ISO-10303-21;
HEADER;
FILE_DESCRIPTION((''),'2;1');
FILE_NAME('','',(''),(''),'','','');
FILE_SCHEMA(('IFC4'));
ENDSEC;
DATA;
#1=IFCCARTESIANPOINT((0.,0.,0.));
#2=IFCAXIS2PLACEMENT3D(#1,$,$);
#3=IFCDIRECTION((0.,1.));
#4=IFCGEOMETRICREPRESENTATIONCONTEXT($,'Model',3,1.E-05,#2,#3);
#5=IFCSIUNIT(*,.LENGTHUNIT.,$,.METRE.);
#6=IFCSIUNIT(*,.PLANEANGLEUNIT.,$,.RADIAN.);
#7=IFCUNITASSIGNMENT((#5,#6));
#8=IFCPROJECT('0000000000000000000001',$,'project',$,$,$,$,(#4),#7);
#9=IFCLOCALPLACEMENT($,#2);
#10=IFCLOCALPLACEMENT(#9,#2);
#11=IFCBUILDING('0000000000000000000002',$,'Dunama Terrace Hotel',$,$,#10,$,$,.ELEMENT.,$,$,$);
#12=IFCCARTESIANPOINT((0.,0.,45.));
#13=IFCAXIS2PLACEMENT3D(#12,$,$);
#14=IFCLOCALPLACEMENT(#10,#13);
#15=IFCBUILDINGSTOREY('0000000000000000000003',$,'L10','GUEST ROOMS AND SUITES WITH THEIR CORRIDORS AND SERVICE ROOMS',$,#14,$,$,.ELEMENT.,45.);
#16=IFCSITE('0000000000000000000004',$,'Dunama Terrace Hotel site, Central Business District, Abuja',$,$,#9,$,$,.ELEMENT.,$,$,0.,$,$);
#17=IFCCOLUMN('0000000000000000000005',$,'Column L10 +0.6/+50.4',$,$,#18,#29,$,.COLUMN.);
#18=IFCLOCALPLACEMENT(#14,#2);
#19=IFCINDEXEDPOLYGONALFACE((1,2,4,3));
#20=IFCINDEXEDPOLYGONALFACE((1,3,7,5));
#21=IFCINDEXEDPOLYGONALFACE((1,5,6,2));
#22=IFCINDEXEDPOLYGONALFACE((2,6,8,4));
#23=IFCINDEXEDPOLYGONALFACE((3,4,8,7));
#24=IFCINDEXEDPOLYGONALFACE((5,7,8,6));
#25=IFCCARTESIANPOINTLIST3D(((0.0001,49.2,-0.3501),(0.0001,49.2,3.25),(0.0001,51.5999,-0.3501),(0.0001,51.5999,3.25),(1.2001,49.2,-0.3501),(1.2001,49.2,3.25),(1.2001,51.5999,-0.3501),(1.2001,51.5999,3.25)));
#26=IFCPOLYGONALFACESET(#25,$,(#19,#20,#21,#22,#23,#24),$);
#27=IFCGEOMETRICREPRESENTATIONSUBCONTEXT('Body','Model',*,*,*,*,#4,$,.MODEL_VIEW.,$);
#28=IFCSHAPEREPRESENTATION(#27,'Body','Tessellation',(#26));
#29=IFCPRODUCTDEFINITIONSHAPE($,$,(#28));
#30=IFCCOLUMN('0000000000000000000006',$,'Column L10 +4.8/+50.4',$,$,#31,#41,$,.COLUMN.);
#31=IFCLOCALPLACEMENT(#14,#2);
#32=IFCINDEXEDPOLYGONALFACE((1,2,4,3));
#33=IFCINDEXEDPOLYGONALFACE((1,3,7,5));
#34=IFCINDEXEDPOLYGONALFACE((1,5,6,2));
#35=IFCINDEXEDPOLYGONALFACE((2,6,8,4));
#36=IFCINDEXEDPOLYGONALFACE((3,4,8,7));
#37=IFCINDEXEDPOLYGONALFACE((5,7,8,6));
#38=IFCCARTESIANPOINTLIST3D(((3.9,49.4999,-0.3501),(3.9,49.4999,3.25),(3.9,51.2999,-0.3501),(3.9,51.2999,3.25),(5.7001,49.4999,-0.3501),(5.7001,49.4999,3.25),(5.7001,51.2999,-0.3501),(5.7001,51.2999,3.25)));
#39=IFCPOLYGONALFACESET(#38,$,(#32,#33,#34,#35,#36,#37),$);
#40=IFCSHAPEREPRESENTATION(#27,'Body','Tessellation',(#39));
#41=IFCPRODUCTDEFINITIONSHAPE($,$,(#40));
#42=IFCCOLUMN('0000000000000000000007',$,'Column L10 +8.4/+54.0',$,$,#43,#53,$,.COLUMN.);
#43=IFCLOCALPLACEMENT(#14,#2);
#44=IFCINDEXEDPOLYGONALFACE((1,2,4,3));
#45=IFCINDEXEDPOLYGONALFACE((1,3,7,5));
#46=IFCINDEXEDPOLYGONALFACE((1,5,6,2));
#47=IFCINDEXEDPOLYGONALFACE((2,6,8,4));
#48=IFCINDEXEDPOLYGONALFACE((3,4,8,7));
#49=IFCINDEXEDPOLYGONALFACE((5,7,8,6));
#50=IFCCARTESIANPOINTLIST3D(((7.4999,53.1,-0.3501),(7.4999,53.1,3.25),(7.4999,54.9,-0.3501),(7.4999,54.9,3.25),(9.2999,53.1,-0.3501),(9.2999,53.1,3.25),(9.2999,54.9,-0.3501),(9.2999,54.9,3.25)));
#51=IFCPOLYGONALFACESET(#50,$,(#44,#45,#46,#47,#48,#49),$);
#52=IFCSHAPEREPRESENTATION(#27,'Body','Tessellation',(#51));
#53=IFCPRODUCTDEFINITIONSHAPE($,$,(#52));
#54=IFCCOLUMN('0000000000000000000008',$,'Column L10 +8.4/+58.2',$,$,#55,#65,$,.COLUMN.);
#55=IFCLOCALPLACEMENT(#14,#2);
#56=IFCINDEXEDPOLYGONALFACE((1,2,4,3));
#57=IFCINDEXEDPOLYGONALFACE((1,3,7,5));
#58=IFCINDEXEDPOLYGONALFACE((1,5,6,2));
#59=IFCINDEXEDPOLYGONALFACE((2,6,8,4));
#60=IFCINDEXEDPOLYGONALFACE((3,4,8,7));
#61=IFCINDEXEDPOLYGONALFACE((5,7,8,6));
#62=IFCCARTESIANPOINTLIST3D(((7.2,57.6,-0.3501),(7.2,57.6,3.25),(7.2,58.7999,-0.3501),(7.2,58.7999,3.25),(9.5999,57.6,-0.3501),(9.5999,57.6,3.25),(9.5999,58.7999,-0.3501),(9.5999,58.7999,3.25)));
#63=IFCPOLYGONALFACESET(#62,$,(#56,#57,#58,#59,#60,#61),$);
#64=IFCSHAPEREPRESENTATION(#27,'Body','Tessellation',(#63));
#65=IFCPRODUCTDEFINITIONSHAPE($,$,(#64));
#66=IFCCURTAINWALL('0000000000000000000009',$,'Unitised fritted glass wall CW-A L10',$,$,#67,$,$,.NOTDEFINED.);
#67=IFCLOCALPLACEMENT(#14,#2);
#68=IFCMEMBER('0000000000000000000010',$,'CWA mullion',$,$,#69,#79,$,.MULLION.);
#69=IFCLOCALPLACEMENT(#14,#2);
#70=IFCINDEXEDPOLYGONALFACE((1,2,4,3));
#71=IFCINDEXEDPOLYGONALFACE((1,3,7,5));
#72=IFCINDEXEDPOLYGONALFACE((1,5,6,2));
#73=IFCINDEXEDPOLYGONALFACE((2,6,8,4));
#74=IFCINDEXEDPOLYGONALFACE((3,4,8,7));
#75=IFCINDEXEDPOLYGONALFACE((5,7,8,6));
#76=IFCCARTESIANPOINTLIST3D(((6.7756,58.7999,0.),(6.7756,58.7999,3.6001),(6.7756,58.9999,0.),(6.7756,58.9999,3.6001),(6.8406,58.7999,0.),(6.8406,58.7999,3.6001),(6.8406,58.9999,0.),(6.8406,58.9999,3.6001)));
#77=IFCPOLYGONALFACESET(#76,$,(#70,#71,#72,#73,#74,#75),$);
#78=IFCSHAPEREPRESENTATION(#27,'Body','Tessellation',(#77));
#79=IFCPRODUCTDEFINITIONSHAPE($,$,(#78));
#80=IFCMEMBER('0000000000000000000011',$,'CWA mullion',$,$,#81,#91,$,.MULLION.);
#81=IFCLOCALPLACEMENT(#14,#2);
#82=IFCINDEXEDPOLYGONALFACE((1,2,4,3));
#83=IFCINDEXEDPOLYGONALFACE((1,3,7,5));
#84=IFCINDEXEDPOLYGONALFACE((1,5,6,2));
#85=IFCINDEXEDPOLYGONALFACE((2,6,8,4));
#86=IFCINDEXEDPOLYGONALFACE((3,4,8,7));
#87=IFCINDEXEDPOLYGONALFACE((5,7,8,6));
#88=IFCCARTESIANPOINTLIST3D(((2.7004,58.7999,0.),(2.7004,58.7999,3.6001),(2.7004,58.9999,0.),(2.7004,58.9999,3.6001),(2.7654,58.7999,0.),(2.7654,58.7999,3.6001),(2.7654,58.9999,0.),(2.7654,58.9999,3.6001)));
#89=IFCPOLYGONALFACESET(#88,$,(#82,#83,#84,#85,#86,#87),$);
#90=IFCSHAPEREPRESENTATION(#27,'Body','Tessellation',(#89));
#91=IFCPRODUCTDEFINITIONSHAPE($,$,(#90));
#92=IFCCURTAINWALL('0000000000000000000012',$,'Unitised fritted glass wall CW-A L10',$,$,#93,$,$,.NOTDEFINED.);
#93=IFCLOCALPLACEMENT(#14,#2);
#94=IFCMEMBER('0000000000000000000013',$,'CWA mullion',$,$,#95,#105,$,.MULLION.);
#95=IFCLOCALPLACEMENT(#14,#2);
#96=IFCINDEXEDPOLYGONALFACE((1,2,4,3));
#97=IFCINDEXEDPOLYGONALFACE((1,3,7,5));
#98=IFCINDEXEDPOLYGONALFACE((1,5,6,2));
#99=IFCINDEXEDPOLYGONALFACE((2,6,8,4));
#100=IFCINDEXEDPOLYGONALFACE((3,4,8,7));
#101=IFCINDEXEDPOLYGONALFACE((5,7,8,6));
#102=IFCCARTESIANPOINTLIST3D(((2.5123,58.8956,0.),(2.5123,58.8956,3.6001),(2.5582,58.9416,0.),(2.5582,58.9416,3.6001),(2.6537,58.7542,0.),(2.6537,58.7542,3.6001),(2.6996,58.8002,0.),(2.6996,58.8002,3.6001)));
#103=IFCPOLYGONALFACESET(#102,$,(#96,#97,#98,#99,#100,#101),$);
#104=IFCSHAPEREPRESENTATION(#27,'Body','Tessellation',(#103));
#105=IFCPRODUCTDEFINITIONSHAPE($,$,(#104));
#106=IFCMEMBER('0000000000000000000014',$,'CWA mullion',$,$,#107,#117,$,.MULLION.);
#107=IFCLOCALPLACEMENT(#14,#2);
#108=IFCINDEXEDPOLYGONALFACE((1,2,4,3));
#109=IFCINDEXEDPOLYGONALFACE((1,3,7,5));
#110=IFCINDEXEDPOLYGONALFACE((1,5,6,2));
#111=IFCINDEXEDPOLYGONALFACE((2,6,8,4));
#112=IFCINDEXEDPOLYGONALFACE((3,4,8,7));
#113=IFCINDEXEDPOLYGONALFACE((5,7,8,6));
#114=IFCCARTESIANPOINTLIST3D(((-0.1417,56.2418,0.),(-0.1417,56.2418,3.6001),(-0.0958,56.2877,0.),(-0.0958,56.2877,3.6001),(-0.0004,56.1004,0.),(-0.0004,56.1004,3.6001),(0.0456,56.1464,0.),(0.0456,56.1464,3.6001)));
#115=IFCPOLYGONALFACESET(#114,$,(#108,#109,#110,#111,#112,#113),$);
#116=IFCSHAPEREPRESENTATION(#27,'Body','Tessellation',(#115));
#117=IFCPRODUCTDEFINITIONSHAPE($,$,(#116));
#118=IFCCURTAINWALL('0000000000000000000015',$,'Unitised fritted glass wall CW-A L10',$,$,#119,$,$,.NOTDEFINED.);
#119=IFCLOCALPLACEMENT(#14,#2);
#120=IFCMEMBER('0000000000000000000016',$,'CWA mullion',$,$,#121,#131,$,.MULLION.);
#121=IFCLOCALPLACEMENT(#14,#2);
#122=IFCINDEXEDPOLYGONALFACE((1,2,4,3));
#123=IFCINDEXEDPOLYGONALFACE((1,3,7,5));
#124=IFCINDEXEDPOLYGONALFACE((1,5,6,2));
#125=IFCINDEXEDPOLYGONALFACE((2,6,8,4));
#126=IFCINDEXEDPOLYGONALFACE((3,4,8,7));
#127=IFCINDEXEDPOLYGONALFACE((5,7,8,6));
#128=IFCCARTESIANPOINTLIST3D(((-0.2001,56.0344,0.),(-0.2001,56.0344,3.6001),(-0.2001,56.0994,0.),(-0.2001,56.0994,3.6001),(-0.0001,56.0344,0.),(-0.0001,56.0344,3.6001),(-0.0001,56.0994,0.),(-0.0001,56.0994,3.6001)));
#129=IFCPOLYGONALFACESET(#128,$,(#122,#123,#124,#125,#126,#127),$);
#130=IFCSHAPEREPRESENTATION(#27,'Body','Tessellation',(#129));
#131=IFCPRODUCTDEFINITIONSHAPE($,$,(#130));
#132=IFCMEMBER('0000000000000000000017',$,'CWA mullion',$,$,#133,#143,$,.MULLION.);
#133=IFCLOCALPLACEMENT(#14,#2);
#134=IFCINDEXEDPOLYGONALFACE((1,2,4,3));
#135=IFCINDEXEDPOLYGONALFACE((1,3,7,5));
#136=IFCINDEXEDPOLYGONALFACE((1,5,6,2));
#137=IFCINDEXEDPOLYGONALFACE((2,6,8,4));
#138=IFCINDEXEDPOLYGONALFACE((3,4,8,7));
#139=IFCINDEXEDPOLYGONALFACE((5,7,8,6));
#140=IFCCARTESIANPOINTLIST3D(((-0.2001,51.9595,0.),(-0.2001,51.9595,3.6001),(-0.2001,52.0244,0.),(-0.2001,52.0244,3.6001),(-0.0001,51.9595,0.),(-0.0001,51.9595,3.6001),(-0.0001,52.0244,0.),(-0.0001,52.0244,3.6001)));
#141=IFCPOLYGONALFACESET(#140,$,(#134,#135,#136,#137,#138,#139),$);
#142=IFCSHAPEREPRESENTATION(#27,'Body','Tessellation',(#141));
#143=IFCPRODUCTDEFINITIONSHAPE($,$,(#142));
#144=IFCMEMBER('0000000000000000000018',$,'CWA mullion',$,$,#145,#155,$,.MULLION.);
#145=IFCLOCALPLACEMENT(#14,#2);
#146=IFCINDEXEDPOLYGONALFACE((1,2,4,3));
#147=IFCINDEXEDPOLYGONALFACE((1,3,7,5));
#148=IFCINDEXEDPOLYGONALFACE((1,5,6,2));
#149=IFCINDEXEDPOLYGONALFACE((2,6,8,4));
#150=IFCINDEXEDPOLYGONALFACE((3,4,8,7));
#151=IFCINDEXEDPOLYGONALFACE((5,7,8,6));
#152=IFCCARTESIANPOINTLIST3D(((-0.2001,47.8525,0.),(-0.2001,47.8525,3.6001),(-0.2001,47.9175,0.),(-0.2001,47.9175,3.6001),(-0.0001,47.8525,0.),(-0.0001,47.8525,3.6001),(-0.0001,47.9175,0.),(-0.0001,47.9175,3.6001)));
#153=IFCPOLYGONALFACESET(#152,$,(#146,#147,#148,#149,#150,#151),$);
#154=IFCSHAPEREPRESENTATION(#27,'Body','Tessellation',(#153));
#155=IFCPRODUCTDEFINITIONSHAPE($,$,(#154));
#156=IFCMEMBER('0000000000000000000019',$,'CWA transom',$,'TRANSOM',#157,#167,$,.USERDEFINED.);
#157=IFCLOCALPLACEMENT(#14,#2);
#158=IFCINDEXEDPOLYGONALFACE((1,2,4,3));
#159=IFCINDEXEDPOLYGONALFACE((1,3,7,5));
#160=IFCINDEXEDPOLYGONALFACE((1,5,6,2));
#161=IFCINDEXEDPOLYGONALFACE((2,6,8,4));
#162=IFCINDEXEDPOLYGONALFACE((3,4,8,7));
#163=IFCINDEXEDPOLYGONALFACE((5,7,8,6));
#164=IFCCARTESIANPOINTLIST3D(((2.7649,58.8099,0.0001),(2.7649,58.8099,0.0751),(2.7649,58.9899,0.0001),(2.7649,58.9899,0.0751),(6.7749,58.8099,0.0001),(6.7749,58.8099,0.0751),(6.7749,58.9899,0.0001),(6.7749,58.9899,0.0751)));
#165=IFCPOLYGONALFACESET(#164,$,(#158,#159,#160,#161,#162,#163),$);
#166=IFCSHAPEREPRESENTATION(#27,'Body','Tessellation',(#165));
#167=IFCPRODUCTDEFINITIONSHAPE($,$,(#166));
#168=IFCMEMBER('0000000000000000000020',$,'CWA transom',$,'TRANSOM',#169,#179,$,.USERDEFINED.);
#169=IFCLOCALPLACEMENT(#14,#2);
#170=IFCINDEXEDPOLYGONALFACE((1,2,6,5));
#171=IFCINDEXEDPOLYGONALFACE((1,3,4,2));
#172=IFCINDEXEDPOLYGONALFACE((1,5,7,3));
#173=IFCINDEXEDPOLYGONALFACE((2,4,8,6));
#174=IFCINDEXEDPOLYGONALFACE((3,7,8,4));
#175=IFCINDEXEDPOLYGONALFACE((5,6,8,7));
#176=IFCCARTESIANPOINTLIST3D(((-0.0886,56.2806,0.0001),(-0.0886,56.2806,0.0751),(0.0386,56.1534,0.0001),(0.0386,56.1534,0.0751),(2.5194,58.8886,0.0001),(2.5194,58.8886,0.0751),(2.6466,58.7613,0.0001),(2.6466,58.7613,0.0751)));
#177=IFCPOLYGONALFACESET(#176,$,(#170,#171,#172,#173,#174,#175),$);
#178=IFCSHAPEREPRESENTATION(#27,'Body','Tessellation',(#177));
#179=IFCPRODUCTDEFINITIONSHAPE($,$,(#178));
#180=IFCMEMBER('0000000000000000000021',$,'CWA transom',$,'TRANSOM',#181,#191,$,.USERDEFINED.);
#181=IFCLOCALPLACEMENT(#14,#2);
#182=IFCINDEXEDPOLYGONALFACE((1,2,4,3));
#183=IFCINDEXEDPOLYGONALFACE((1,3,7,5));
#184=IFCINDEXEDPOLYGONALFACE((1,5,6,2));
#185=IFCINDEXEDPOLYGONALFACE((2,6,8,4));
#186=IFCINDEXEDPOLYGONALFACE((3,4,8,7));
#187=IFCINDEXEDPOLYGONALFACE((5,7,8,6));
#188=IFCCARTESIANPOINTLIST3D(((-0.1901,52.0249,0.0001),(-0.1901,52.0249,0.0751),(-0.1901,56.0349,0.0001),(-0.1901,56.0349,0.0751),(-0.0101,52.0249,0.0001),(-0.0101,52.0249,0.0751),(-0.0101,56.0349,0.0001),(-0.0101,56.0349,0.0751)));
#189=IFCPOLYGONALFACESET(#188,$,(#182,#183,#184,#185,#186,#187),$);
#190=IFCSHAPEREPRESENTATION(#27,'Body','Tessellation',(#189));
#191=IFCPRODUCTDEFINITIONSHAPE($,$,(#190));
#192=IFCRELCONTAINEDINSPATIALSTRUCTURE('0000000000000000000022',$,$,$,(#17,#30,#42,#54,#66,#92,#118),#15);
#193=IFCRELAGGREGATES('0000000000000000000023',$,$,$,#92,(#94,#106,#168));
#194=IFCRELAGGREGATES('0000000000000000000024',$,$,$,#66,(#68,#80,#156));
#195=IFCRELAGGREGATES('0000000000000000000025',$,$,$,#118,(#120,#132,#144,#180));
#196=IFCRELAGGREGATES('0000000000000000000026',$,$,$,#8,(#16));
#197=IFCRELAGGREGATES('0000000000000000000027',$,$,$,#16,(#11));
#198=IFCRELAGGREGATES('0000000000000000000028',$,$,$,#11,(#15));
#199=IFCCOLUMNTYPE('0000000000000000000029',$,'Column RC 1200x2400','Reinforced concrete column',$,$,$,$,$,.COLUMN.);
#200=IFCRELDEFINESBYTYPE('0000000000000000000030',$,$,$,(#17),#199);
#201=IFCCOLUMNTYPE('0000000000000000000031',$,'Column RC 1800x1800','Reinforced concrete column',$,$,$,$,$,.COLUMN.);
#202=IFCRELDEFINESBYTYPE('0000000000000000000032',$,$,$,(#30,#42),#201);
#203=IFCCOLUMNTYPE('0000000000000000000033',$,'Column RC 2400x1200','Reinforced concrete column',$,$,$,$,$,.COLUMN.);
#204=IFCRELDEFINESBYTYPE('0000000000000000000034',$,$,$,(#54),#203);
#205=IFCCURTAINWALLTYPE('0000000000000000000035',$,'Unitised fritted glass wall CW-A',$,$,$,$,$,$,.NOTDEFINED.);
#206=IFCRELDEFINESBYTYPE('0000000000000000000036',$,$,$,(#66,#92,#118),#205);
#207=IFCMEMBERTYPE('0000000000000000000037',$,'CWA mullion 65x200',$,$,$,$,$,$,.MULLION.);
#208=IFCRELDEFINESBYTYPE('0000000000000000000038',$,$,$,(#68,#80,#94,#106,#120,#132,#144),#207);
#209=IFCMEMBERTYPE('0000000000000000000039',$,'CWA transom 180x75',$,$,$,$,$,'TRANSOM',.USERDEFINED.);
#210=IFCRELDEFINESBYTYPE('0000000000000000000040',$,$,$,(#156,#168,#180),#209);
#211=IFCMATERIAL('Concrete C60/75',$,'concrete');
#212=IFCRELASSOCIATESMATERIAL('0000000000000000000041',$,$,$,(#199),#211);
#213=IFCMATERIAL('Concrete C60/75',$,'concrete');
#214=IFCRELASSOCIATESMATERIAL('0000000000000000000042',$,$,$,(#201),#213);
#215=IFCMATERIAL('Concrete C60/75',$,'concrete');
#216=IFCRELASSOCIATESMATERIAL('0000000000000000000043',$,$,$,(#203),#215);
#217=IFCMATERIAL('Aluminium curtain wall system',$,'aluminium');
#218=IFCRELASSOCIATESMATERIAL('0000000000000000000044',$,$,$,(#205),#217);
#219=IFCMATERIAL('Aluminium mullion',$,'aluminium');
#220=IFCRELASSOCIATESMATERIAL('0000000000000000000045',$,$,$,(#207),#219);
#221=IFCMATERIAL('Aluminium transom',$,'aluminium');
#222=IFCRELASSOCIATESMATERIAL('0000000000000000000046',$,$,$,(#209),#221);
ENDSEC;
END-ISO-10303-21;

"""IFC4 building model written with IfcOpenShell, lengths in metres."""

from ifc_helpers import new_model, si_unit, direction, frame, origin, origin_2d, place, context, subcontext, project, spatial, rectangle, extrude, material, material_profile, profile_set, type_object, element, aggregate, save


model = new_model("IFC4")

# Units and contexts
model_context = context("Model", 3, precision=1e-05, world=origin(), true_north=direction((0.0, 1.0)))
body_context = subcontext(model_context, "Body", "Model", "MODEL_VIEW")
ifc_project = project(units=[si_unit("LENGTHUNIT", "METRE"), si_unit("PLANEANGLEUNIT", "RADIAN")], contexts=[model_context])

# Site, building, storey
site_placement = place(None, origin())
site = spatial("IfcSite", under=ifc_project, at=site_placement, Name="Dunama Terrace Hotel site, Central Business District, Abuja", CompositionType="ELEMENT", RefElevation=0.0)
building_placement = place(site_placement, origin())
building = spatial("IfcBuilding", under=site, at=building_placement, Name="Dunama Terrace Hotel", CompositionType="ELEMENT")
storey_placement = place(building_placement, frame((0.0, 0.0, 45.0)))
storey = spatial("IfcBuildingStorey", under=building, at=storey_placement, Name="L10", Description="GUEST ROOMS AND SUITES WITH THEIR CORRIDORS AND SERVICE ROOMS", CompositionType="ELEMENT", Elevation=45.0)

# Columns
ifc_material_1 = material(Name="Concrete C60/75", Category="concrete")
ifc_material_profile_1 = material_profile(ifc_material_1, rectangle(XDim=1.2, YDim=2.3999, at=origin_2d()), Name="RC 1200x2400")
ifc_profile_set_1 = profile_set([ifc_material_profile_1], Name="Concrete C60/75")
column_type_1 = type_object("IfcColumnType", Name="Column RC 1200x2400", Description="Reinforced concrete column", PredefinedType="COLUMN", material=ifc_profile_set_1)
column_1_placement = place(storey_placement, frame((0.6001, 50.3999, -0.3501), z_axis=(0.0, 0.0, 1.0), x_axis=(1.0, 0.0, 0.0)))
element("IfcColumn", 1, at=column_1_placement, inside=storey, type_object=column_type_1, Name="Column L10 +0.6/+50.4", PredefinedType="COLUMN", context=body_context, shape_type="SweptSolid", body=[
    extrude(rectangle(XDim=1.2, YDim=2.3999, at=origin_2d()), origin(), (0.0, 0.0, 1.0), 3.6001),
])
ifc_material_2 = material(Name="Concrete C60/75", Category="concrete")
ifc_material_profile_2 = material_profile(ifc_material_2, rectangle(XDim=1.8, YDim=1.8, at=origin_2d()), Name="RC 1800x1800")
ifc_profile_set_2 = profile_set([ifc_material_profile_2], Name="Concrete C60/75")
column_type_2 = type_object("IfcColumnType", Name="Column RC 1800x1800", Description="Reinforced concrete column", PredefinedType="COLUMN", material=ifc_profile_set_2)
for number, where, z_axis, x_axis, name in (
    (2, (4.8, 50.3999, -0.3501), (0.0, 0.0, 1.0), (1.0, 0.0, 0.0), "Column L10 +4.8/+50.4"),
    (3, (8.3999, 54.0, -0.3501), (0.0, 0.0, 1.0), (1.0, 0.0, 0.0), "Column L10 +8.4/+54.0"),
):
    element("IfcColumn", number, at=place(storey_placement, frame(where, z_axis=z_axis, x_axis=x_axis)), inside=storey, type_object=column_type_2, Name=name, PredefinedType="COLUMN", context=body_context, shape_type="SweptSolid", body=[
        extrude(rectangle(XDim=1.8, YDim=1.8, at=origin_2d()), origin(), (0.0, 0.0, 1.0), 3.6001),
    ])
ifc_material_3 = material(Name="Concrete C60/75", Category="concrete")
ifc_material_profile_3 = material_profile(ifc_material_3, rectangle(XDim=2.3999, YDim=1.2, at=origin_2d()), Name="RC 2400x1200")
ifc_profile_set_3 = profile_set([ifc_material_profile_3], Name="Concrete C60/75")
column_type_3 = type_object("IfcColumnType", Name="Column RC 2400x1200", Description="Reinforced concrete column", PredefinedType="COLUMN", material=ifc_profile_set_3)
column_2_placement = place(storey_placement, frame((8.3999, 58.2, -0.3501), z_axis=(0.0, 0.0, 1.0), x_axis=(1.0, 0.0, 0.0)))
element("IfcColumn", 4, at=column_2_placement, inside=storey, type_object=column_type_3, Name="Column L10 +8.4/+58.2", PredefinedType="COLUMN", context=body_context, shape_type="SweptSolid", body=[
    extrude(rectangle(XDim=2.3999, YDim=1.2, at=origin_2d()), origin(), (0.0, 0.0, 1.0), 3.6001),
])

# Curtain walls, members
ifc_material_4 = material(Name="Aluminium curtain wall system", Category="aluminium")
curtain_wall_type = type_object("IfcCurtainWallType", Name="Unitised fritted glass wall CW-A", PredefinedType="NOTDEFINED", material=ifc_material_4)
curtain_wall_1_placement = place(storey_placement, origin())
curtain_wall_1 = element("IfcCurtainWall", 5, at=curtain_wall_1_placement, inside=storey, type_object=curtain_wall_type, Name="Unitised fritted glass wall CW-A L10", PredefinedType="NOTDEFINED")
ifc_material_5 = material(Name="Aluminium mullion", Category="aluminium")
ifc_material_profile_4 = material_profile(ifc_material_5, rectangle(XDim=0.0649, YDim=0.2, at=origin_2d()), Name="CWA MULLION 65X200")
ifc_profile_set_4 = profile_set([ifc_material_profile_4], Name="Aluminium mullion")
member_type_1 = type_object("IfcMemberType", Name="CWA mullion 65x200", PredefinedType="MULLION", material=ifc_profile_set_4)
member_1_placement = place(storey_placement, frame((6.8081, 58.8999, 0.0), z_axis=(0.0, 0.0, 1.0), x_axis=(-1.0, 0.0, 0.0)))
member_1 = element("IfcMember", 6, at=member_1_placement, type_object=member_type_1, Name="CWA mullion", PredefinedType="MULLION", context=body_context, shape_type="SweptSolid", body=[
    extrude(rectangle(XDim=0.0649, YDim=0.2, at=origin_2d()), origin(), (0.0, 0.0, 1.0), 3.6001),
])
member_2_placement = place(storey_placement, frame((2.7329, 58.8999, 0.0), z_axis=(0.0, 0.0, 1.0), x_axis=(-1.0, 0.0, 0.0)))
member_2 = element("IfcMember", 7, at=member_2_placement, type_object=member_type_1, Name="CWA mullion", PredefinedType="MULLION", context=body_context, shape_type="SweptSolid", body=[
    extrude(rectangle(XDim=0.0649, YDim=0.2, at=origin_2d()), origin(), (0.0, 0.0, 1.0), 3.6001),
])
curtain_wall_2_placement = place(storey_placement, origin())
curtain_wall_2 = element("IfcCurtainWall", 8, at=curtain_wall_2_placement, inside=storey, type_object=curtain_wall_type, Name="Unitised fritted glass wall CW-A L10", PredefinedType="NOTDEFINED")
member_3_placement = place(storey_placement, frame((2.606, 58.8479, 0.0), z_axis=(0.0, 0.0, 1.0), x_axis=(-0.707107, -0.707107, 0.0)))
member_3 = element("IfcMember", 9, at=member_3_placement, type_object=member_type_1, Name="CWA mullion", PredefinedType="MULLION", context=body_context, shape_type="SweptSolid", body=[
    extrude(rectangle(XDim=0.0649, YDim=0.2, at=origin_2d()), origin(), (0.0, 0.0, 1.0), 3.6001),
])
member_4_placement = place(storey_placement, frame((-0.0481, 56.1941, 0.0), z_axis=(0.0, 0.0, 1.0), x_axis=(-0.707107, -0.707107, 0.0)))
member_4 = element("IfcMember", 10, at=member_4_placement, type_object=member_type_1, Name="CWA mullion", PredefinedType="MULLION", context=body_context, shape_type="SweptSolid", body=[
    extrude(rectangle(XDim=0.0649, YDim=0.2, at=origin_2d()), origin(), (0.0, 0.0, 1.0), 3.6001),
])
curtain_wall_3_placement = place(storey_placement, origin())
curtain_wall_3 = element("IfcCurtainWall", 11, at=curtain_wall_3_placement, inside=storey, type_object=curtain_wall_type, Name="Unitised fritted glass wall CW-A L10", PredefinedType="NOTDEFINED")
member_5_placement = place(storey_placement, frame((-0.1001, 56.0669, 0.0), z_axis=(0.0, 0.0, 1.0), x_axis=(0.0, -1.0, 0.0)))
member_5 = element("IfcMember", 12, at=member_5_placement, type_object=member_type_1, Name="CWA mullion", PredefinedType="MULLION", context=body_context, shape_type="SweptSolid", body=[
    extrude(rectangle(XDim=0.0649, YDim=0.2, at=origin_2d()), origin(), (0.0, 0.0, 1.0), 3.6001),
])
member_6_placement = place(storey_placement, frame((-0.1001, 51.9919, 0.0), z_axis=(0.0, 0.0, 1.0), x_axis=(0.0, -1.0, 0.0)))
member_6 = element("IfcMember", 13, at=member_6_placement, type_object=member_type_1, Name="CWA mullion", PredefinedType="MULLION", context=body_context, shape_type="SweptSolid", body=[
    extrude(rectangle(XDim=0.0649, YDim=0.2, at=origin_2d()), origin(), (0.0, 0.0, 1.0), 3.6001),
])
member_7_placement = place(storey_placement, frame((-0.1001, 47.885, 0.0), z_axis=(0.0, 0.0, 1.0), x_axis=(0.0, -1.0, 0.0)))
member_7 = element("IfcMember", 14, at=member_7_placement, type_object=member_type_1, Name="CWA mullion", PredefinedType="MULLION", context=body_context, shape_type="SweptSolid", body=[
    extrude(rectangle(XDim=0.0649, YDim=0.2, at=origin_2d()), origin(), (0.0, 0.0, 1.0), 3.6001),
])

# Members
ifc_material_6 = material(Name="Aluminium transom", Category="aluminium")
ifc_material_profile_5 = material_profile(ifc_material_6, rectangle(XDim=0.1799, YDim=0.075, at=origin_2d()), Name="CWA TRANSOM 180X75")
ifc_profile_set_5 = profile_set([ifc_material_profile_5], Name="Aluminium transom")
member_type_2 = type_object("IfcMemberType", Name="CWA transom 180x75", ElementType="TRANSOM", PredefinedType="USERDEFINED", material=ifc_profile_set_5)
member_8_placement = place(storey_placement, frame((6.7749, 58.8999, 0.0376), z_axis=(-1.0, 0.0, 0.0), x_axis=(0.0, -1.0, 0.0)))
member_8 = element("IfcMember", 15, at=member_8_placement, type_object=member_type_2, Name="CWA transom", ObjectType="TRANSOM", PredefinedType="USERDEFINED", context=body_context, shape_type="SweptSolid", body=[
    extrude(rectangle(XDim=0.1799, YDim=0.075, at=origin_2d()), origin(), (0.0, 0.0, 1.0), 4.01),
])
member_9_placement = place(storey_placement, frame((2.583, 58.825, 0.0376), z_axis=(-0.707107, -0.707107, 0.0), x_axis=(0.707107, -0.707107, 0.0)))
member_9 = element("IfcMember", 16, at=member_9_placement, type_object=member_type_2, Name="CWA transom", ObjectType="TRANSOM", PredefinedType="USERDEFINED", context=body_context, shape_type="SweptSolid", body=[
    extrude(rectangle(XDim=0.1799, YDim=0.075, at=origin_2d()), origin(), (0.0, 0.0, 1.0), 3.6882),
])
member_10_placement = place(storey_placement, frame((-0.1001, 56.0349, 0.0376), z_axis=(0.0, -1.0, 0.0), x_axis=(1.0, 0.0, 0.0)))
member_10 = element("IfcMember", 17, at=member_10_placement, type_object=member_type_2, Name="CWA transom", ObjectType="TRANSOM", PredefinedType="USERDEFINED", context=body_context, shape_type="SweptSolid", body=[
    extrude(rectangle(XDim=0.1799, YDim=0.075, at=origin_2d()), origin(), (0.0, 0.0, 1.0), 4.01),
])

aggregate(curtain_wall_2, [member_3, member_4, member_9])
aggregate(curtain_wall_1, [member_1, member_2, member_8])
aggregate(curtain_wall_3, [member_5, member_6, member_7, member_10])

save(model, "model.ifc")
